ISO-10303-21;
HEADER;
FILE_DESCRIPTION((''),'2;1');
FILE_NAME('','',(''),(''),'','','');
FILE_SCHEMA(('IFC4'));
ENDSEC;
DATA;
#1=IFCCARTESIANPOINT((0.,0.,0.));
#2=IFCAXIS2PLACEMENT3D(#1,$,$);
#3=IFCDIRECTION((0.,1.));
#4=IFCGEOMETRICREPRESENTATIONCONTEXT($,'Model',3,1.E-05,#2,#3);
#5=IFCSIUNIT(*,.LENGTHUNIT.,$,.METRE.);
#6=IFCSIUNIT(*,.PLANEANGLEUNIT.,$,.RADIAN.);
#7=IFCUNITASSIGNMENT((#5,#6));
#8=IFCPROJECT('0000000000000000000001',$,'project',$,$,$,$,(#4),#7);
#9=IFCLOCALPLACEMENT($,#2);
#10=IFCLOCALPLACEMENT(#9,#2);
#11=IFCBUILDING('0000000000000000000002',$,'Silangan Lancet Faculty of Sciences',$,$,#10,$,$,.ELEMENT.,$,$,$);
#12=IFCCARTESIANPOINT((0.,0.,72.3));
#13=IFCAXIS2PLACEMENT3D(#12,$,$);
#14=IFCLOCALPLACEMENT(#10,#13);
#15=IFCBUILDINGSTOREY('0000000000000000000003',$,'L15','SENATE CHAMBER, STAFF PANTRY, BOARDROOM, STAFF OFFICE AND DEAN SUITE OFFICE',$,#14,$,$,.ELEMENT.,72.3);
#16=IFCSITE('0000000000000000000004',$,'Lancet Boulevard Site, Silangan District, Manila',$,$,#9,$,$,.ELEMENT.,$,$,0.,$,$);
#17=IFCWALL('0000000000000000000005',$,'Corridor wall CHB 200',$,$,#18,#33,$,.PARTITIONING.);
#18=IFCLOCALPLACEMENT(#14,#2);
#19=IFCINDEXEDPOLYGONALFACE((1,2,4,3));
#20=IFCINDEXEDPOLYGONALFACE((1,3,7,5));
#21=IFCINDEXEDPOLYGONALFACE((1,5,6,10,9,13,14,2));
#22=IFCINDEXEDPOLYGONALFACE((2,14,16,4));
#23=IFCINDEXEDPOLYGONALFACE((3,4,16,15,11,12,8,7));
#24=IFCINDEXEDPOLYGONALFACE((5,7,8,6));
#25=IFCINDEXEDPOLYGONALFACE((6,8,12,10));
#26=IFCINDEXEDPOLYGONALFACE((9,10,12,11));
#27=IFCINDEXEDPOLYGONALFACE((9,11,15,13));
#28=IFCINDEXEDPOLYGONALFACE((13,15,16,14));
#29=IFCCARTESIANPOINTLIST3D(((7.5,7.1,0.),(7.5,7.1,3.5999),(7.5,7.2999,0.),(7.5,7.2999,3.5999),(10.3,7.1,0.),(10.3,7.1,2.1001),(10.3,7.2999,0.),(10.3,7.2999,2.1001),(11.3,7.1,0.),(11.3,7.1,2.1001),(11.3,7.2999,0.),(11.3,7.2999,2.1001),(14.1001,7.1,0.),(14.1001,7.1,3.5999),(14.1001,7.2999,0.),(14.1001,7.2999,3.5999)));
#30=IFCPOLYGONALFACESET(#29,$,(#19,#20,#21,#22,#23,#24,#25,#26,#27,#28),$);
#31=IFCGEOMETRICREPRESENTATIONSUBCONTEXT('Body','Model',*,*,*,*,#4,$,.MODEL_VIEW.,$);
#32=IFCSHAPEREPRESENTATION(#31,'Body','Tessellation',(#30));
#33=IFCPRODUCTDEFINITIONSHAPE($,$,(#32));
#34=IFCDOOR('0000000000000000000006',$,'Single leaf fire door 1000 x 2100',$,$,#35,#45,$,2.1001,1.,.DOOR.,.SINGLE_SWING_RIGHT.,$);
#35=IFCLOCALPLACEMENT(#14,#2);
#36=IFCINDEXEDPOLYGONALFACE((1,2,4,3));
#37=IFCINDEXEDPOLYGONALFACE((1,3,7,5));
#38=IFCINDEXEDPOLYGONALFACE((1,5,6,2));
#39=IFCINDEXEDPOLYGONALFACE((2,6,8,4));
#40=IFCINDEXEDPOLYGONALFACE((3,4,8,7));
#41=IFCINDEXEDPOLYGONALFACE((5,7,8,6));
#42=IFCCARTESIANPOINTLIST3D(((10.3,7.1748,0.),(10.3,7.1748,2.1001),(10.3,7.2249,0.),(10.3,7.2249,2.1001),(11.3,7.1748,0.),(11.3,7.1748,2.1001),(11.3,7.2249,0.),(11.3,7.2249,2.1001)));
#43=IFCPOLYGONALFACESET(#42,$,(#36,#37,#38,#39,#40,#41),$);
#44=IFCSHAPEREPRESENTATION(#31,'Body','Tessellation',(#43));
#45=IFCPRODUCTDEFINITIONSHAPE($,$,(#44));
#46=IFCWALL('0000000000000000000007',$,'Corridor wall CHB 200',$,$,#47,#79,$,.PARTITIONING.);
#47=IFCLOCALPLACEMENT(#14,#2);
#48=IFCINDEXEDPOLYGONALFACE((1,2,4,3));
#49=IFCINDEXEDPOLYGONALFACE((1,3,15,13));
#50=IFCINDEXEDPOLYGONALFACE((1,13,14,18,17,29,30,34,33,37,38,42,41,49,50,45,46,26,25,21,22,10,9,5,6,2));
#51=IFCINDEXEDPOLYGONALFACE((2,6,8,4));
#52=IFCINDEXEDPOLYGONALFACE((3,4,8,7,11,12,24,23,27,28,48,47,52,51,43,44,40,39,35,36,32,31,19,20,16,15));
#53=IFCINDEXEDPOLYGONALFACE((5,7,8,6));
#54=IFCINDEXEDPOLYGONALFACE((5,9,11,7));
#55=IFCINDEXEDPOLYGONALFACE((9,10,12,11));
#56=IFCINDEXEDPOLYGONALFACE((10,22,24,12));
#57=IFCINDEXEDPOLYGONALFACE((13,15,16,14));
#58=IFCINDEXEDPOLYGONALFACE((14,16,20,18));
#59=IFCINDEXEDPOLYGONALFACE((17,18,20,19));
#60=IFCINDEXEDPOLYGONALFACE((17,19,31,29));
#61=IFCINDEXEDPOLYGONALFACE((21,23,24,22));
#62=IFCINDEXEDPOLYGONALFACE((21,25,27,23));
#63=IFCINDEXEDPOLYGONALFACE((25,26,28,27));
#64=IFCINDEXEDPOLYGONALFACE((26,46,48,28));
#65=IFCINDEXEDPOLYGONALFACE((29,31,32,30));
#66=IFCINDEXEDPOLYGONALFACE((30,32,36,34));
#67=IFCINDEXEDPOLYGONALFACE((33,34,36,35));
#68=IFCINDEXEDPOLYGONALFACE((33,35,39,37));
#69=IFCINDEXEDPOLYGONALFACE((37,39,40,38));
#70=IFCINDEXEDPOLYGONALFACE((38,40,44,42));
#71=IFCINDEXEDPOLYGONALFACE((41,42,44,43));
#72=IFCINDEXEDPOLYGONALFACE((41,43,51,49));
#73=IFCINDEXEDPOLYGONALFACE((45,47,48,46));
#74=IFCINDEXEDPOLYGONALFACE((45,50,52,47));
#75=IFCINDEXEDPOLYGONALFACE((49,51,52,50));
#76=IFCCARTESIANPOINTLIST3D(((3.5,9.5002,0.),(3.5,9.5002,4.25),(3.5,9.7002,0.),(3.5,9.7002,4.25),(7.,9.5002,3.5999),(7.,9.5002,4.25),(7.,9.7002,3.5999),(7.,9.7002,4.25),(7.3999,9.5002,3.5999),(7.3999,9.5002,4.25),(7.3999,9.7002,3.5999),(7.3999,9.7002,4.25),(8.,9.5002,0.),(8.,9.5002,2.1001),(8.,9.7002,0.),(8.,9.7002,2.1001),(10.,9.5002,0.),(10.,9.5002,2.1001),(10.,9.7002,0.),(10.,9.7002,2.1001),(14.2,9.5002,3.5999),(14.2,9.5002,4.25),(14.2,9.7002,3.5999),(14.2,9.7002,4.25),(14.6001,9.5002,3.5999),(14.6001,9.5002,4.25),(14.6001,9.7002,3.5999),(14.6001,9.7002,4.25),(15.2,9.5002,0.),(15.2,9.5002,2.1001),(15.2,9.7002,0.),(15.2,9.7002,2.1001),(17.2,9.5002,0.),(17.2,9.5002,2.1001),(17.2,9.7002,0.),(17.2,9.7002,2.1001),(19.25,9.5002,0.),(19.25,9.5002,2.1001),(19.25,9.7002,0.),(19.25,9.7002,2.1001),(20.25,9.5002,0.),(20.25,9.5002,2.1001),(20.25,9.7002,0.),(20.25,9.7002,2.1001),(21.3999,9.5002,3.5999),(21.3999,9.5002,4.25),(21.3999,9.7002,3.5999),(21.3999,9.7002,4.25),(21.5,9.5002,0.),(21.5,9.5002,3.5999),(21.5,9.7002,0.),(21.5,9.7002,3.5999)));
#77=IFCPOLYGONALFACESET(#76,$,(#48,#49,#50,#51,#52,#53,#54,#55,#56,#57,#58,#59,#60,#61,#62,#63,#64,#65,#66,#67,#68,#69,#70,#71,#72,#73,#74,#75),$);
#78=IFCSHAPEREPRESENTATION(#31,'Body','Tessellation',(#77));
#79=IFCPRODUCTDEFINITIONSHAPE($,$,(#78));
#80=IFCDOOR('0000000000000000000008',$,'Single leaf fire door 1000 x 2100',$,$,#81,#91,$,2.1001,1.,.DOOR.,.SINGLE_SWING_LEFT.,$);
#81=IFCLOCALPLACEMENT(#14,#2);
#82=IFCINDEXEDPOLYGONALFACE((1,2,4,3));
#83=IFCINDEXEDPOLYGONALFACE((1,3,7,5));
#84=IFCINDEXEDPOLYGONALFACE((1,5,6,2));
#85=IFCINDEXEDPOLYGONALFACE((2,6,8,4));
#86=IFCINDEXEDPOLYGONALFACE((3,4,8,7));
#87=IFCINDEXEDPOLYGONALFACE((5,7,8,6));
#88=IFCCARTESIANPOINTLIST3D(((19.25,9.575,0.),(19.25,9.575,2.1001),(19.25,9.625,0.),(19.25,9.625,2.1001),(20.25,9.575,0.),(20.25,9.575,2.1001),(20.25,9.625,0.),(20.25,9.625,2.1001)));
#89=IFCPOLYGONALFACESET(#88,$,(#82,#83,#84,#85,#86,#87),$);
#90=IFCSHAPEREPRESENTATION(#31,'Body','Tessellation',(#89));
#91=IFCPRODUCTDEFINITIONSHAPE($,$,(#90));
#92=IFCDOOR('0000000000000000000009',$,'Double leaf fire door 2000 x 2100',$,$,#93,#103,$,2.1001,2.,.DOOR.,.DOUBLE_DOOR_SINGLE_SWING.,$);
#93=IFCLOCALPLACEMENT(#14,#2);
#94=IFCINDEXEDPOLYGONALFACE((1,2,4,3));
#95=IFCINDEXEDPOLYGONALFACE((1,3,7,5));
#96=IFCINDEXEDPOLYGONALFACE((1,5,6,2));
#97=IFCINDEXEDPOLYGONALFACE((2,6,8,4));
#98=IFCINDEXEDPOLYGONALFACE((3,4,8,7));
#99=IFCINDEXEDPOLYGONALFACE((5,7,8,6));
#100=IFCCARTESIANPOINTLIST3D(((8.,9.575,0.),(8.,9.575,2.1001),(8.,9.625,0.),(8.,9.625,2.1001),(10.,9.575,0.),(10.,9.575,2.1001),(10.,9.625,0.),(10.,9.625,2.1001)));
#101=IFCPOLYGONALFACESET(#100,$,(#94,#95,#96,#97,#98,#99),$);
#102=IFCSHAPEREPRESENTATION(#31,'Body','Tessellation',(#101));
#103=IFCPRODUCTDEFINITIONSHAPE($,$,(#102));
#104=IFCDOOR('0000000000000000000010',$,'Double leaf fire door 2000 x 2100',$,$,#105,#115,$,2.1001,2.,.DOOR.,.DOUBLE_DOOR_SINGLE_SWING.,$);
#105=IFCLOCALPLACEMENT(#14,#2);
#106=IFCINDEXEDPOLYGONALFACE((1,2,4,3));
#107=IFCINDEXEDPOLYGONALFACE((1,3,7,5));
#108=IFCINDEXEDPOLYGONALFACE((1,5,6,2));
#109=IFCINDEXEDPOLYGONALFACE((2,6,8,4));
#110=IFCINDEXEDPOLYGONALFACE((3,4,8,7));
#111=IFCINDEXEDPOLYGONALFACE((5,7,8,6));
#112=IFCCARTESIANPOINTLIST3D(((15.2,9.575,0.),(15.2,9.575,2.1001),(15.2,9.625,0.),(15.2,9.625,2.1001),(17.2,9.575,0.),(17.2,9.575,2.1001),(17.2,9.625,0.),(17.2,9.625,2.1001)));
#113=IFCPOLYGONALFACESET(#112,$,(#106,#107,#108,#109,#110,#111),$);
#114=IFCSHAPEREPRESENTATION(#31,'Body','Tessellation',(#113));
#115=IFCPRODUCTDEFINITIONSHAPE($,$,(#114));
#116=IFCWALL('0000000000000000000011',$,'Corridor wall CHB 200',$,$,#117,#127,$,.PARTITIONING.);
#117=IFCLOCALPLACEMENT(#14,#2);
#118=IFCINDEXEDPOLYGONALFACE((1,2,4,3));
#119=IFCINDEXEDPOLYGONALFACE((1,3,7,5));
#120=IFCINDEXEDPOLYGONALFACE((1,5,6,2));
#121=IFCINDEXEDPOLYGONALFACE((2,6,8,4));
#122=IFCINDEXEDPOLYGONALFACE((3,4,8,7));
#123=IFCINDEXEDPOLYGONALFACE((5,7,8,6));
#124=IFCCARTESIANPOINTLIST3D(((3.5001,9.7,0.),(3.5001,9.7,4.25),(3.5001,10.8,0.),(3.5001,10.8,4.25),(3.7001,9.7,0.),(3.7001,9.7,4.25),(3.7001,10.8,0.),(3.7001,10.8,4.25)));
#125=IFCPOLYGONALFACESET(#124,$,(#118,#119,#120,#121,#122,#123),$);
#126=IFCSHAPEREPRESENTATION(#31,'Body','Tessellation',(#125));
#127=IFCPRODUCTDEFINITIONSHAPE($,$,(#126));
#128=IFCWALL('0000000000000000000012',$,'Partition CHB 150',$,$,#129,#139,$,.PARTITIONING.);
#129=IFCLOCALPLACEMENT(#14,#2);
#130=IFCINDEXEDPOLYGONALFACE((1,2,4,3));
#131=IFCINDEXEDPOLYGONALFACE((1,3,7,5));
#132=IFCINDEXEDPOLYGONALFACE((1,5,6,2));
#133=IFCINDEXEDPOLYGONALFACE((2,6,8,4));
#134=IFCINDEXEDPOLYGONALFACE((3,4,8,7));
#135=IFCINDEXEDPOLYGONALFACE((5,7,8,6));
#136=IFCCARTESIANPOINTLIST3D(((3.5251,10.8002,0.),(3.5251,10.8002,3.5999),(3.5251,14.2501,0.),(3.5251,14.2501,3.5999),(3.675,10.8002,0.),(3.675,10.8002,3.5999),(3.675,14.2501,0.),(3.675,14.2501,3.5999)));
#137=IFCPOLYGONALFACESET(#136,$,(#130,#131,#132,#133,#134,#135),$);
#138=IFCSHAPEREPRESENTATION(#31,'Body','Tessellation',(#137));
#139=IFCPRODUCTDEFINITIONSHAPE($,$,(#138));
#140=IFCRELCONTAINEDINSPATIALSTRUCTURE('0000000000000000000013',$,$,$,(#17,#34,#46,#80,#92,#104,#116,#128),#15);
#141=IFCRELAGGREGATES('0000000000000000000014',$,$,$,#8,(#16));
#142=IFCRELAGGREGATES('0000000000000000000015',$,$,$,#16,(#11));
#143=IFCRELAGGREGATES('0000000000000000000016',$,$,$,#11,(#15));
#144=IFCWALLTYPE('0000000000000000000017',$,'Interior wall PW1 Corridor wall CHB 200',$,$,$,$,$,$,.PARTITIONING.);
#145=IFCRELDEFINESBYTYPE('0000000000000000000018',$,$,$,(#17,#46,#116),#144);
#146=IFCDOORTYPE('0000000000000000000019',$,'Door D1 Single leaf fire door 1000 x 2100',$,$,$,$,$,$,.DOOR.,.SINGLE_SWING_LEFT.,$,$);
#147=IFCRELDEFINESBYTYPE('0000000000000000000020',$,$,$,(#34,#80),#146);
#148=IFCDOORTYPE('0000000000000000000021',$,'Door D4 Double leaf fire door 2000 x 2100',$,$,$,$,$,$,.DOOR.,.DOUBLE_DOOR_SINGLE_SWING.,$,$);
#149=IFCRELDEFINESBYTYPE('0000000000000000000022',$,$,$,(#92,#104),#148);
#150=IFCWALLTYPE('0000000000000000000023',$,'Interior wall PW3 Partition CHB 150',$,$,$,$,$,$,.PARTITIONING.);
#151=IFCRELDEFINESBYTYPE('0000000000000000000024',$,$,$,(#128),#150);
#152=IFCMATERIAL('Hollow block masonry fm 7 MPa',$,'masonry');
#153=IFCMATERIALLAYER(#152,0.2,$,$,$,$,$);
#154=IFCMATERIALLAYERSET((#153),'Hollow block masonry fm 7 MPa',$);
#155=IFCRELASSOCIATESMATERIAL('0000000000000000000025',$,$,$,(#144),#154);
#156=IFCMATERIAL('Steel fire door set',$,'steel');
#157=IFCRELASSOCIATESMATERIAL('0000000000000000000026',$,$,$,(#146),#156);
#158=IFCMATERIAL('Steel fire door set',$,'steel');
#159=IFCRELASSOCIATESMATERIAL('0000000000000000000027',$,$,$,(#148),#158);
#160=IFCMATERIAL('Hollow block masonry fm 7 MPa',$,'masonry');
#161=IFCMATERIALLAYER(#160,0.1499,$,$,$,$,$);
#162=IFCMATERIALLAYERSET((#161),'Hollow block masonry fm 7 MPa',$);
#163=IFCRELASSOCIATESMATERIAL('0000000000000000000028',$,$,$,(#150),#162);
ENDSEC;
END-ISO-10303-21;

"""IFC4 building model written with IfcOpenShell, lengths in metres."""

from ifc_helpers import new_model, si_unit, direction, frame, frame_2d, origin, place, context, subcontext, project, spatial, polyline, rectangle, outline, extrude, material, layer, layer_set, type_object, element, fill, save


model = new_model("IFC4")

# Units and contexts
model_context = context("Model", 3, precision=1e-05, world=origin(), true_north=direction((0.0, 1.0)))
body_context = subcontext(model_context, "Body", "Model", "MODEL_VIEW")
ifc_project = project(units=[si_unit("LENGTHUNIT", "METRE"), si_unit("PLANEANGLEUNIT", "RADIAN")], contexts=[model_context])

# Site, building, storey
site_placement = place(None, origin())
site = spatial("IfcSite", under=ifc_project, at=site_placement, Name="Lancet Boulevard Site, Silangan District, Manila", CompositionType="ELEMENT", RefElevation=0.0)
building_placement = place(site_placement, origin())
building = spatial("IfcBuilding", under=site, at=building_placement, Name="Silangan Lancet Faculty of Sciences", CompositionType="ELEMENT")
storey_placement = place(building_placement, frame((0.0, 0.0, 72.3)))
storey = spatial("IfcBuildingStorey", under=building, at=storey_placement, Name="L15", Description="SENATE CHAMBER, STAFF PANTRY, BOARDROOM, STAFF OFFICE AND DEAN SUITE OFFICE", CompositionType="ELEMENT", Elevation=72.3)

# Shared definitions
ifc_material_1 = material(Name="Hollow block masonry fm 7 MPa", Category="masonry")
ifc_layer_1 = layer(ifc_material_1, 0.2)
ifc_layer_set_1 = layer_set([ifc_layer_1], Name="Hollow block masonry fm 7 MPa")
wall_type_1 = type_object("IfcWallType", Name="Interior wall PW1 Corridor wall CHB 200", PredefinedType="PARTITIONING", material=ifc_layer_set_1)
ifc_material_2 = material(Name="Steel fire door set", Category="steel")
door_type_1 = type_object("IfcDoorType", Name="Door D1 Single leaf fire door 1000 x 2100", OperationType="SINGLE_SWING_LEFT", PredefinedType="DOOR", material=ifc_material_2)

# Wall, opening, door
wall_1_placement = place(storey_placement, frame((7.5, 7.2, 0.0), z_axis=(0.0, 0.0, 1.0), x_axis=(1.0, 0.0, 0.0)))
wall_1 = element("IfcWall", 1, at=wall_1_placement, inside=storey, type_object=wall_type_1, Name="Corridor wall CHB 200", PredefinedType="PARTITIONING", context=body_context, shape_type="SweptSolid", body=[
    extrude(rectangle(XDim=6.6001, YDim=0.2, at=frame_2d((3.3, 0.0))), origin(), (0.0, 0.0, 1.0), 3.5999),
])
opening_1_placement = place(wall_1_placement, frame((2.8, 0.0, 0.0)))
opening_1 = element("IfcOpeningElement", 2, at=opening_1_placement, cuts=wall_1, PredefinedType="OPENING", context=body_context, shape_type="SweptSolid", body=[
    extrude(rectangle(XDim=1.0, YDim=2.1001, at=frame_2d((0.5, 1.05))), frame((0.0, 0.1099, 0.0), z_axis=(0.0, -1.0, 0.0), x_axis=(1.0, 0.0, 0.0)), (0.0, 0.0, 1.0), 0.22),
])
door_1_placement = place(opening_1_placement, frame((1.0, 0.0, 0.0), z_axis=(0.0, 0.0, 1.0), x_axis=(-1.0, 0.0, 0.0)))
door_1 = element("IfcDoor", 3, at=door_1_placement, inside=storey, type_object=door_type_1, Name="Single leaf fire door 1000 x 2100", OperationType="SINGLE_SWING_RIGHT", OverallHeight=2.1001, OverallWidth=1.0, PredefinedType="DOOR", context=body_context, shape_type="SweptSolid", body=[
    extrude(rectangle(XDim=1.0, YDim=2.1001, at=frame_2d((0.5, 1.05))), frame((0.0, 0.0251, 0.0), z_axis=(0.0, -1.0, 0.0), x_axis=(1.0, 0.0, 0.0)), (0.0, 0.0, 1.0), 0.05),
])
fill(opening_1, door_1)

# Wall, openings, doors
wall_2_placement = place(storey_placement, frame((3.5, 9.6001, 0.0), z_axis=(0.0, 0.0, 1.0), x_axis=(1.0, 0.0, 0.0)))
wall_2 = element("IfcWall", 4, at=wall_2_placement, inside=storey, type_object=wall_type_1, Name="Corridor wall CHB 200", PredefinedType="PARTITIONING", context=body_context, shape_type="SweptSolid", body=[
    extrude(outline(polyline([(0.0, 0.0), (18.0, 0.0), (18.0, 3.5999), (17.8999, 3.5999), (17.8999, 4.25), (11.1001, 4.25), (11.1001, 3.5999), (10.7, 3.5999), (10.7, 4.25), (3.8999, 4.25), (3.8999, 3.5999), (3.5, 3.5999), (3.5, 4.25), (0.0, 4.25), (0.0, 0.0)])), frame((0.0, 0.1001, 0.0), z_axis=(0.0, -1.0, 0.0), x_axis=(1.0, 0.0, 0.0)), (0.0, 0.0, 1.0), 0.2),
])
opening_2_placement = place(wall_2_placement, frame((15.75, 0.0, 0.0)))
opening_2 = element("IfcOpeningElement", 5, at=opening_2_placement, cuts=wall_2, PredefinedType="OPENING", context=body_context, shape_type="SweptSolid", body=[
    extrude(rectangle(XDim=1.0, YDim=2.1001, at=frame_2d((0.5, 1.05))), frame((0.0, 0.1099, 0.0), z_axis=(0.0, -1.0, 0.0), x_axis=(1.0, 0.0, 0.0)), (0.0, 0.0, 1.0), 0.22),
])
opening_3_placement = place(wall_2_placement, frame((4.5, 0.0, 0.0)))
opening_3 = element("IfcOpeningElement", 6, at=opening_3_placement, cuts=wall_2, PredefinedType="OPENING", context=body_context, shape_type="SweptSolid", body=[
    extrude(rectangle(XDim=2.0, YDim=2.1001, at=frame_2d((1.0, 1.05))), frame((0.0, 0.1099, 0.0), z_axis=(0.0, -1.0, 0.0), x_axis=(1.0, 0.0, 0.0)), (0.0, 0.0, 1.0), 0.22),
])
opening_4_placement = place(wall_2_placement, frame((11.7, 0.0, 0.0)))
opening_4 = element("IfcOpeningElement", 7, at=opening_4_placement, cuts=wall_2, PredefinedType="OPENING", context=body_context, shape_type="SweptSolid", body=[
    extrude(rectangle(XDim=2.0, YDim=2.1001, at=frame_2d((1.0, 1.05))), frame((0.0, 0.1099, 0.0), z_axis=(0.0, -1.0, 0.0), x_axis=(1.0, 0.0, 0.0)), (0.0, 0.0, 1.0), 0.22),
])
door_2_placement = place(opening_2_placement, origin())
door_2 = element("IfcDoor", 8, at=door_2_placement, inside=storey, type_object=door_type_1, Name="Single leaf fire door 1000 x 2100", OperationType="SINGLE_SWING_LEFT", OverallHeight=2.1001, OverallWidth=1.0, PredefinedType="DOOR", context=body_context, shape_type="SweptSolid", body=[
    extrude(rectangle(XDim=1.0, YDim=2.1001, at=frame_2d((0.5, 1.05))), frame((0.0, 0.0249, 0.0), z_axis=(0.0, -1.0, 0.0), x_axis=(1.0, 0.0, 0.0)), (0.0, 0.0, 1.0), 0.05),
])
fill(opening_2, door_2)
ifc_material_3 = material(Name="Steel fire door set", Category="steel")
door_type_2 = type_object("IfcDoorType", Name="Door D4 Double leaf fire door 2000 x 2100", OperationType="DOUBLE_DOOR_SINGLE_SWING", PredefinedType="DOOR", material=ifc_material_3)
door_3_placement = place(opening_3_placement, origin())
door_3 = element("IfcDoor", 9, at=door_3_placement, inside=storey, type_object=door_type_2, Name="Double leaf fire door 2000 x 2100", OperationType="DOUBLE_DOOR_SINGLE_SWING", OverallHeight=2.1001, OverallWidth=2.0, PredefinedType="DOOR", context=body_context, shape_type="SweptSolid", body=[
    extrude(rectangle(XDim=2.0, YDim=2.1001, at=frame_2d((1.0, 1.05))), frame((0.0, 0.0249, 0.0), z_axis=(0.0, -1.0, 0.0), x_axis=(1.0, 0.0, 0.0)), (0.0, 0.0, 1.0), 0.05),
])
fill(opening_3, door_3)
door_4_placement = place(opening_4_placement, origin())
door_4 = element("IfcDoor", 10, at=door_4_placement, inside=storey, type_object=door_type_2, Name="Double leaf fire door 2000 x 2100", OperationType="DOUBLE_DOOR_SINGLE_SWING", OverallHeight=2.1001, OverallWidth=2.0, PredefinedType="DOOR", context=body_context, shape_type="SweptSolid", body=[
    extrude(rectangle(XDim=2.0, YDim=2.1001, at=frame_2d((1.0, 1.05))), frame((0.0, 0.0249, 0.0), z_axis=(0.0, -1.0, 0.0), x_axis=(1.0, 0.0, 0.0)), (0.0, 0.0, 1.0), 0.05),
])
fill(opening_4, door_4)

# Walls
wall_3_placement = place(storey_placement, frame((3.6001, 9.7, 0.0), z_axis=(0.0, 0.0, 1.0), x_axis=(0.0, 1.0, 0.0)))
element("IfcWall", 11, at=wall_3_placement, inside=storey, type_object=wall_type_1, Name="Corridor wall CHB 200", PredefinedType="PARTITIONING", context=body_context, shape_type="SweptSolid", body=[
    extrude(rectangle(XDim=1.1001, YDim=0.2, at=frame_2d((0.55, 0.0))), origin(), (0.0, 0.0, 1.0), 4.25),
])
ifc_material_4 = material(Name="Hollow block masonry fm 7 MPa", Category="masonry")
ifc_layer_2 = layer(ifc_material_4, 0.1499)
ifc_layer_set_2 = layer_set([ifc_layer_2], Name="Hollow block masonry fm 7 MPa")
wall_type_2 = type_object("IfcWallType", Name="Interior wall PW3 Partition CHB 150", PredefinedType="PARTITIONING", material=ifc_layer_set_2)
wall_4_placement = place(storey_placement, frame((3.6001, 10.8, 0.0), z_axis=(0.0, 0.0, 1.0), x_axis=(0.0, 1.0, 0.0)))
element("IfcWall", 12, at=wall_4_placement, inside=storey, type_object=wall_type_2, Name="Partition CHB 150", PredefinedType="PARTITIONING", context=body_context, shape_type="SweptSolid", body=[
    extrude(rectangle(XDim=3.45, YDim=0.1499, at=frame_2d((1.7251, 0.0))), origin(), (0.0, 0.0, 1.0), 3.5999),
])

save(model, "model.ifc")
